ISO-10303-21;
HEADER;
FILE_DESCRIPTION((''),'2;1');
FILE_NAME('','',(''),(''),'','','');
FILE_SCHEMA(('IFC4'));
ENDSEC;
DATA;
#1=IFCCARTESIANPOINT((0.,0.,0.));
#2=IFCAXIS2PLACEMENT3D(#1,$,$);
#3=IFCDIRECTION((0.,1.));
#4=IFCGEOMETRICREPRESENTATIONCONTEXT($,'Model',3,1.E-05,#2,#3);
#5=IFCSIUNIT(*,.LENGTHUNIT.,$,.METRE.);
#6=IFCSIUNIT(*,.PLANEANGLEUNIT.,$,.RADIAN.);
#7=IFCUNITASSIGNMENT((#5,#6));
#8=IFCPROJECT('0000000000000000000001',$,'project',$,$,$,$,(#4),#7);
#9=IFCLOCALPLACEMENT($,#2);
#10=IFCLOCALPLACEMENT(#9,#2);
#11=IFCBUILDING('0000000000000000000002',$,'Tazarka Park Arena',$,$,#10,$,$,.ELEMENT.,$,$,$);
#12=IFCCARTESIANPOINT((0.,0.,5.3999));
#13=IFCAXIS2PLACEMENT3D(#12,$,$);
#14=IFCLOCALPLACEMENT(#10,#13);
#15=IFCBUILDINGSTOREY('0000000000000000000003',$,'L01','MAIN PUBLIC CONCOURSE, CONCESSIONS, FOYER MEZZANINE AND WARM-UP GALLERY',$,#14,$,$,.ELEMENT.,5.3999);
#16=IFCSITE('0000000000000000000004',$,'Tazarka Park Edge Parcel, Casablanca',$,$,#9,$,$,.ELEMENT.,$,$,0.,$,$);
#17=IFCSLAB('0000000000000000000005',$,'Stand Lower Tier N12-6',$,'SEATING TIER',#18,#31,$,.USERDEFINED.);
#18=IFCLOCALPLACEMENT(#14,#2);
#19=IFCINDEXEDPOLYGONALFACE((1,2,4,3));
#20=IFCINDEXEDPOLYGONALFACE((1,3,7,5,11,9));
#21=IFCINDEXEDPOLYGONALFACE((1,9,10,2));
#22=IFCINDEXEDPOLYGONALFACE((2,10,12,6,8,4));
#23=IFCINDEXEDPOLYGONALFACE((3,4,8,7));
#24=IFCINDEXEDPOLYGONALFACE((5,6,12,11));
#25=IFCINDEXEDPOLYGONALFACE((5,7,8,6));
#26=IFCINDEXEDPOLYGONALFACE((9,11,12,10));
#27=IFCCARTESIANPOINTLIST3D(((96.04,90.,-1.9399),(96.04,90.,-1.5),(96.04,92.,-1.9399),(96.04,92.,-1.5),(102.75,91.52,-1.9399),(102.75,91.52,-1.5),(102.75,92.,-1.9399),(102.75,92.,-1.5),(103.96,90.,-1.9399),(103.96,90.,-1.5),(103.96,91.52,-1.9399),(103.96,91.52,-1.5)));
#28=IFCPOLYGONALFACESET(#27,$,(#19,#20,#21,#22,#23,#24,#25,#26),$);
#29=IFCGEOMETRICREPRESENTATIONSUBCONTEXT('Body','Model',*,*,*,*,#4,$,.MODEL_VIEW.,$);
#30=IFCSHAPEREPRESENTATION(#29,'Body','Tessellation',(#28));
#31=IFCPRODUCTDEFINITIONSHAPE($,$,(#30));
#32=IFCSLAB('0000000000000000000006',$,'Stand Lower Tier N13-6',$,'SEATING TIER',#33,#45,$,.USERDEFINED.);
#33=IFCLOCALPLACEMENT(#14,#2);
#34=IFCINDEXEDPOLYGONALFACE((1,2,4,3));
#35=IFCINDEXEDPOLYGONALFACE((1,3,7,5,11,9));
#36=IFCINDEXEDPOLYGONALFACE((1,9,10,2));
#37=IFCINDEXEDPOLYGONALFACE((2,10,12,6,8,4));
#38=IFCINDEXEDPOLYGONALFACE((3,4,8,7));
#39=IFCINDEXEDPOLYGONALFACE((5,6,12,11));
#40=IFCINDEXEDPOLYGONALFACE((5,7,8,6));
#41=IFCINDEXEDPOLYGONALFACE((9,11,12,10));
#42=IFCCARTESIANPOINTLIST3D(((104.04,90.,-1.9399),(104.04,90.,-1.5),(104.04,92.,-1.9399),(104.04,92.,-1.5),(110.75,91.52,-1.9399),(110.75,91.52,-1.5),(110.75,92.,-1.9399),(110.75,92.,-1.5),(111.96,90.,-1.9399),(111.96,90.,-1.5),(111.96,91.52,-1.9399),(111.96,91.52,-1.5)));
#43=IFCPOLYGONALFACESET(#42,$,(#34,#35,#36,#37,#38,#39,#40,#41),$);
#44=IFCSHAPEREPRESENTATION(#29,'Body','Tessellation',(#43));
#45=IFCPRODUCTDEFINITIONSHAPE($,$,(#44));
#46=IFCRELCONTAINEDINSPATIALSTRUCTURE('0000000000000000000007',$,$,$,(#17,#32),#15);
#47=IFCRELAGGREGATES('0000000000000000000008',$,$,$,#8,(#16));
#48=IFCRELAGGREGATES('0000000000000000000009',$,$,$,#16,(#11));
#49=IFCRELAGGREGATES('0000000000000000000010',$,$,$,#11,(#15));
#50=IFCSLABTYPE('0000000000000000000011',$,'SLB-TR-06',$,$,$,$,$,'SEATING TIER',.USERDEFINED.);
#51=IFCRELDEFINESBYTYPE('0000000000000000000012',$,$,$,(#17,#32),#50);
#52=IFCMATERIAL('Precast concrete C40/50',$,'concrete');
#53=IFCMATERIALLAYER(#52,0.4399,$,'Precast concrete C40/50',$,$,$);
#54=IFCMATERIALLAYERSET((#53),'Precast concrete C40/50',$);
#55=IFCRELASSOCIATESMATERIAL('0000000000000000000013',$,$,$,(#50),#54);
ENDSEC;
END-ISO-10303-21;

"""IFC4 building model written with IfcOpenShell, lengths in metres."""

from ifc_helpers import new_model, si_unit, direction, frame, origin, place, context, subcontext, project, spatial, polyline, outline, extrude, material, layer, layer_set, type_object, element, save


model = new_model("IFC4")

# Units and contexts
model_context = context("Model", 3, precision=1e-05, world=origin(), true_north=direction((0.0, 1.0)))
body_context = subcontext(model_context, "Body", "Model", "MODEL_VIEW")
ifc_project = project(units=[si_unit("LENGTHUNIT", "METRE"), si_unit("PLANEANGLEUNIT", "RADIAN")], contexts=[model_context])

# Site, building, storey
site_placement = place(None, origin())
site = spatial("IfcSite", under=ifc_project, at=site_placement, Name="Tazarka Park Edge Parcel, Casablanca", CompositionType="ELEMENT", RefElevation=0.0)
building_placement = place(site_placement, origin())
building = spatial("IfcBuilding", under=site, at=building_placement, Name="Tazarka Park Arena", CompositionType="ELEMENT")
storey_placement = place(building_placement, frame((0.0, 0.0, 5.3999)))
storey = spatial("IfcBuildingStorey", under=building, at=storey_placement, Name="L01", Description="MAIN PUBLIC CONCOURSE, CONCESSIONS, FOYER MEZZANINE AND WARM-UP GALLERY", CompositionType="ELEMENT", Elevation=5.3999)

# Slabs
ifc_material_1 = material(Name="Precast concrete C40/50", Category="concrete")
ifc_layer_1 = layer(ifc_material_1, 0.4399, Name="Precast concrete C40/50")
ifc_layer_set_1 = layer_set([ifc_layer_1], Name="Precast concrete C40/50")
slab_type_1 = type_object("IfcSlabType", Name="SLB-TR-06", ElementType="SEATING TIER", PredefinedType="USERDEFINED", material=ifc_layer_set_1)
slab_1_placement = place(storey_placement, frame((0.0, 0.0, -1.9399)))
element("IfcSlab", 1, at=slab_1_placement, inside=storey, type_object=slab_type_1, Name="Stand Lower Tier N12-6", ObjectType="SEATING TIER", PredefinedType="USERDEFINED", context=body_context, shape_type="SweptSolid", body=[
    extrude(outline(polyline([(96.04, 90.0), (103.96, 90.0), (103.96, 91.52), (102.75, 91.52), (102.75, 92.0), (96.04, 92.0), (96.04, 90.0)])), origin(), (0.0, 0.0, 1.0), 0.4399),
])
slab_2_placement = place(storey_placement, frame((0.0, 0.0, -1.9399)))
element("IfcSlab", 2, at=slab_2_placement, inside=storey, type_object=slab_type_1, Name="Stand Lower Tier N13-6", ObjectType="SEATING TIER", PredefinedType="USERDEFINED", context=body_context, shape_type="SweptSolid", body=[
    extrude(outline(polyline([(104.04, 90.0), (111.96, 90.0), (111.96, 91.52), (110.75, 91.52), (110.75, 92.0), (104.04, 92.0), (104.04, 90.0)])), origin(), (0.0, 0.0, 1.0), 0.4399),
])

save(model, "model.ifc")
